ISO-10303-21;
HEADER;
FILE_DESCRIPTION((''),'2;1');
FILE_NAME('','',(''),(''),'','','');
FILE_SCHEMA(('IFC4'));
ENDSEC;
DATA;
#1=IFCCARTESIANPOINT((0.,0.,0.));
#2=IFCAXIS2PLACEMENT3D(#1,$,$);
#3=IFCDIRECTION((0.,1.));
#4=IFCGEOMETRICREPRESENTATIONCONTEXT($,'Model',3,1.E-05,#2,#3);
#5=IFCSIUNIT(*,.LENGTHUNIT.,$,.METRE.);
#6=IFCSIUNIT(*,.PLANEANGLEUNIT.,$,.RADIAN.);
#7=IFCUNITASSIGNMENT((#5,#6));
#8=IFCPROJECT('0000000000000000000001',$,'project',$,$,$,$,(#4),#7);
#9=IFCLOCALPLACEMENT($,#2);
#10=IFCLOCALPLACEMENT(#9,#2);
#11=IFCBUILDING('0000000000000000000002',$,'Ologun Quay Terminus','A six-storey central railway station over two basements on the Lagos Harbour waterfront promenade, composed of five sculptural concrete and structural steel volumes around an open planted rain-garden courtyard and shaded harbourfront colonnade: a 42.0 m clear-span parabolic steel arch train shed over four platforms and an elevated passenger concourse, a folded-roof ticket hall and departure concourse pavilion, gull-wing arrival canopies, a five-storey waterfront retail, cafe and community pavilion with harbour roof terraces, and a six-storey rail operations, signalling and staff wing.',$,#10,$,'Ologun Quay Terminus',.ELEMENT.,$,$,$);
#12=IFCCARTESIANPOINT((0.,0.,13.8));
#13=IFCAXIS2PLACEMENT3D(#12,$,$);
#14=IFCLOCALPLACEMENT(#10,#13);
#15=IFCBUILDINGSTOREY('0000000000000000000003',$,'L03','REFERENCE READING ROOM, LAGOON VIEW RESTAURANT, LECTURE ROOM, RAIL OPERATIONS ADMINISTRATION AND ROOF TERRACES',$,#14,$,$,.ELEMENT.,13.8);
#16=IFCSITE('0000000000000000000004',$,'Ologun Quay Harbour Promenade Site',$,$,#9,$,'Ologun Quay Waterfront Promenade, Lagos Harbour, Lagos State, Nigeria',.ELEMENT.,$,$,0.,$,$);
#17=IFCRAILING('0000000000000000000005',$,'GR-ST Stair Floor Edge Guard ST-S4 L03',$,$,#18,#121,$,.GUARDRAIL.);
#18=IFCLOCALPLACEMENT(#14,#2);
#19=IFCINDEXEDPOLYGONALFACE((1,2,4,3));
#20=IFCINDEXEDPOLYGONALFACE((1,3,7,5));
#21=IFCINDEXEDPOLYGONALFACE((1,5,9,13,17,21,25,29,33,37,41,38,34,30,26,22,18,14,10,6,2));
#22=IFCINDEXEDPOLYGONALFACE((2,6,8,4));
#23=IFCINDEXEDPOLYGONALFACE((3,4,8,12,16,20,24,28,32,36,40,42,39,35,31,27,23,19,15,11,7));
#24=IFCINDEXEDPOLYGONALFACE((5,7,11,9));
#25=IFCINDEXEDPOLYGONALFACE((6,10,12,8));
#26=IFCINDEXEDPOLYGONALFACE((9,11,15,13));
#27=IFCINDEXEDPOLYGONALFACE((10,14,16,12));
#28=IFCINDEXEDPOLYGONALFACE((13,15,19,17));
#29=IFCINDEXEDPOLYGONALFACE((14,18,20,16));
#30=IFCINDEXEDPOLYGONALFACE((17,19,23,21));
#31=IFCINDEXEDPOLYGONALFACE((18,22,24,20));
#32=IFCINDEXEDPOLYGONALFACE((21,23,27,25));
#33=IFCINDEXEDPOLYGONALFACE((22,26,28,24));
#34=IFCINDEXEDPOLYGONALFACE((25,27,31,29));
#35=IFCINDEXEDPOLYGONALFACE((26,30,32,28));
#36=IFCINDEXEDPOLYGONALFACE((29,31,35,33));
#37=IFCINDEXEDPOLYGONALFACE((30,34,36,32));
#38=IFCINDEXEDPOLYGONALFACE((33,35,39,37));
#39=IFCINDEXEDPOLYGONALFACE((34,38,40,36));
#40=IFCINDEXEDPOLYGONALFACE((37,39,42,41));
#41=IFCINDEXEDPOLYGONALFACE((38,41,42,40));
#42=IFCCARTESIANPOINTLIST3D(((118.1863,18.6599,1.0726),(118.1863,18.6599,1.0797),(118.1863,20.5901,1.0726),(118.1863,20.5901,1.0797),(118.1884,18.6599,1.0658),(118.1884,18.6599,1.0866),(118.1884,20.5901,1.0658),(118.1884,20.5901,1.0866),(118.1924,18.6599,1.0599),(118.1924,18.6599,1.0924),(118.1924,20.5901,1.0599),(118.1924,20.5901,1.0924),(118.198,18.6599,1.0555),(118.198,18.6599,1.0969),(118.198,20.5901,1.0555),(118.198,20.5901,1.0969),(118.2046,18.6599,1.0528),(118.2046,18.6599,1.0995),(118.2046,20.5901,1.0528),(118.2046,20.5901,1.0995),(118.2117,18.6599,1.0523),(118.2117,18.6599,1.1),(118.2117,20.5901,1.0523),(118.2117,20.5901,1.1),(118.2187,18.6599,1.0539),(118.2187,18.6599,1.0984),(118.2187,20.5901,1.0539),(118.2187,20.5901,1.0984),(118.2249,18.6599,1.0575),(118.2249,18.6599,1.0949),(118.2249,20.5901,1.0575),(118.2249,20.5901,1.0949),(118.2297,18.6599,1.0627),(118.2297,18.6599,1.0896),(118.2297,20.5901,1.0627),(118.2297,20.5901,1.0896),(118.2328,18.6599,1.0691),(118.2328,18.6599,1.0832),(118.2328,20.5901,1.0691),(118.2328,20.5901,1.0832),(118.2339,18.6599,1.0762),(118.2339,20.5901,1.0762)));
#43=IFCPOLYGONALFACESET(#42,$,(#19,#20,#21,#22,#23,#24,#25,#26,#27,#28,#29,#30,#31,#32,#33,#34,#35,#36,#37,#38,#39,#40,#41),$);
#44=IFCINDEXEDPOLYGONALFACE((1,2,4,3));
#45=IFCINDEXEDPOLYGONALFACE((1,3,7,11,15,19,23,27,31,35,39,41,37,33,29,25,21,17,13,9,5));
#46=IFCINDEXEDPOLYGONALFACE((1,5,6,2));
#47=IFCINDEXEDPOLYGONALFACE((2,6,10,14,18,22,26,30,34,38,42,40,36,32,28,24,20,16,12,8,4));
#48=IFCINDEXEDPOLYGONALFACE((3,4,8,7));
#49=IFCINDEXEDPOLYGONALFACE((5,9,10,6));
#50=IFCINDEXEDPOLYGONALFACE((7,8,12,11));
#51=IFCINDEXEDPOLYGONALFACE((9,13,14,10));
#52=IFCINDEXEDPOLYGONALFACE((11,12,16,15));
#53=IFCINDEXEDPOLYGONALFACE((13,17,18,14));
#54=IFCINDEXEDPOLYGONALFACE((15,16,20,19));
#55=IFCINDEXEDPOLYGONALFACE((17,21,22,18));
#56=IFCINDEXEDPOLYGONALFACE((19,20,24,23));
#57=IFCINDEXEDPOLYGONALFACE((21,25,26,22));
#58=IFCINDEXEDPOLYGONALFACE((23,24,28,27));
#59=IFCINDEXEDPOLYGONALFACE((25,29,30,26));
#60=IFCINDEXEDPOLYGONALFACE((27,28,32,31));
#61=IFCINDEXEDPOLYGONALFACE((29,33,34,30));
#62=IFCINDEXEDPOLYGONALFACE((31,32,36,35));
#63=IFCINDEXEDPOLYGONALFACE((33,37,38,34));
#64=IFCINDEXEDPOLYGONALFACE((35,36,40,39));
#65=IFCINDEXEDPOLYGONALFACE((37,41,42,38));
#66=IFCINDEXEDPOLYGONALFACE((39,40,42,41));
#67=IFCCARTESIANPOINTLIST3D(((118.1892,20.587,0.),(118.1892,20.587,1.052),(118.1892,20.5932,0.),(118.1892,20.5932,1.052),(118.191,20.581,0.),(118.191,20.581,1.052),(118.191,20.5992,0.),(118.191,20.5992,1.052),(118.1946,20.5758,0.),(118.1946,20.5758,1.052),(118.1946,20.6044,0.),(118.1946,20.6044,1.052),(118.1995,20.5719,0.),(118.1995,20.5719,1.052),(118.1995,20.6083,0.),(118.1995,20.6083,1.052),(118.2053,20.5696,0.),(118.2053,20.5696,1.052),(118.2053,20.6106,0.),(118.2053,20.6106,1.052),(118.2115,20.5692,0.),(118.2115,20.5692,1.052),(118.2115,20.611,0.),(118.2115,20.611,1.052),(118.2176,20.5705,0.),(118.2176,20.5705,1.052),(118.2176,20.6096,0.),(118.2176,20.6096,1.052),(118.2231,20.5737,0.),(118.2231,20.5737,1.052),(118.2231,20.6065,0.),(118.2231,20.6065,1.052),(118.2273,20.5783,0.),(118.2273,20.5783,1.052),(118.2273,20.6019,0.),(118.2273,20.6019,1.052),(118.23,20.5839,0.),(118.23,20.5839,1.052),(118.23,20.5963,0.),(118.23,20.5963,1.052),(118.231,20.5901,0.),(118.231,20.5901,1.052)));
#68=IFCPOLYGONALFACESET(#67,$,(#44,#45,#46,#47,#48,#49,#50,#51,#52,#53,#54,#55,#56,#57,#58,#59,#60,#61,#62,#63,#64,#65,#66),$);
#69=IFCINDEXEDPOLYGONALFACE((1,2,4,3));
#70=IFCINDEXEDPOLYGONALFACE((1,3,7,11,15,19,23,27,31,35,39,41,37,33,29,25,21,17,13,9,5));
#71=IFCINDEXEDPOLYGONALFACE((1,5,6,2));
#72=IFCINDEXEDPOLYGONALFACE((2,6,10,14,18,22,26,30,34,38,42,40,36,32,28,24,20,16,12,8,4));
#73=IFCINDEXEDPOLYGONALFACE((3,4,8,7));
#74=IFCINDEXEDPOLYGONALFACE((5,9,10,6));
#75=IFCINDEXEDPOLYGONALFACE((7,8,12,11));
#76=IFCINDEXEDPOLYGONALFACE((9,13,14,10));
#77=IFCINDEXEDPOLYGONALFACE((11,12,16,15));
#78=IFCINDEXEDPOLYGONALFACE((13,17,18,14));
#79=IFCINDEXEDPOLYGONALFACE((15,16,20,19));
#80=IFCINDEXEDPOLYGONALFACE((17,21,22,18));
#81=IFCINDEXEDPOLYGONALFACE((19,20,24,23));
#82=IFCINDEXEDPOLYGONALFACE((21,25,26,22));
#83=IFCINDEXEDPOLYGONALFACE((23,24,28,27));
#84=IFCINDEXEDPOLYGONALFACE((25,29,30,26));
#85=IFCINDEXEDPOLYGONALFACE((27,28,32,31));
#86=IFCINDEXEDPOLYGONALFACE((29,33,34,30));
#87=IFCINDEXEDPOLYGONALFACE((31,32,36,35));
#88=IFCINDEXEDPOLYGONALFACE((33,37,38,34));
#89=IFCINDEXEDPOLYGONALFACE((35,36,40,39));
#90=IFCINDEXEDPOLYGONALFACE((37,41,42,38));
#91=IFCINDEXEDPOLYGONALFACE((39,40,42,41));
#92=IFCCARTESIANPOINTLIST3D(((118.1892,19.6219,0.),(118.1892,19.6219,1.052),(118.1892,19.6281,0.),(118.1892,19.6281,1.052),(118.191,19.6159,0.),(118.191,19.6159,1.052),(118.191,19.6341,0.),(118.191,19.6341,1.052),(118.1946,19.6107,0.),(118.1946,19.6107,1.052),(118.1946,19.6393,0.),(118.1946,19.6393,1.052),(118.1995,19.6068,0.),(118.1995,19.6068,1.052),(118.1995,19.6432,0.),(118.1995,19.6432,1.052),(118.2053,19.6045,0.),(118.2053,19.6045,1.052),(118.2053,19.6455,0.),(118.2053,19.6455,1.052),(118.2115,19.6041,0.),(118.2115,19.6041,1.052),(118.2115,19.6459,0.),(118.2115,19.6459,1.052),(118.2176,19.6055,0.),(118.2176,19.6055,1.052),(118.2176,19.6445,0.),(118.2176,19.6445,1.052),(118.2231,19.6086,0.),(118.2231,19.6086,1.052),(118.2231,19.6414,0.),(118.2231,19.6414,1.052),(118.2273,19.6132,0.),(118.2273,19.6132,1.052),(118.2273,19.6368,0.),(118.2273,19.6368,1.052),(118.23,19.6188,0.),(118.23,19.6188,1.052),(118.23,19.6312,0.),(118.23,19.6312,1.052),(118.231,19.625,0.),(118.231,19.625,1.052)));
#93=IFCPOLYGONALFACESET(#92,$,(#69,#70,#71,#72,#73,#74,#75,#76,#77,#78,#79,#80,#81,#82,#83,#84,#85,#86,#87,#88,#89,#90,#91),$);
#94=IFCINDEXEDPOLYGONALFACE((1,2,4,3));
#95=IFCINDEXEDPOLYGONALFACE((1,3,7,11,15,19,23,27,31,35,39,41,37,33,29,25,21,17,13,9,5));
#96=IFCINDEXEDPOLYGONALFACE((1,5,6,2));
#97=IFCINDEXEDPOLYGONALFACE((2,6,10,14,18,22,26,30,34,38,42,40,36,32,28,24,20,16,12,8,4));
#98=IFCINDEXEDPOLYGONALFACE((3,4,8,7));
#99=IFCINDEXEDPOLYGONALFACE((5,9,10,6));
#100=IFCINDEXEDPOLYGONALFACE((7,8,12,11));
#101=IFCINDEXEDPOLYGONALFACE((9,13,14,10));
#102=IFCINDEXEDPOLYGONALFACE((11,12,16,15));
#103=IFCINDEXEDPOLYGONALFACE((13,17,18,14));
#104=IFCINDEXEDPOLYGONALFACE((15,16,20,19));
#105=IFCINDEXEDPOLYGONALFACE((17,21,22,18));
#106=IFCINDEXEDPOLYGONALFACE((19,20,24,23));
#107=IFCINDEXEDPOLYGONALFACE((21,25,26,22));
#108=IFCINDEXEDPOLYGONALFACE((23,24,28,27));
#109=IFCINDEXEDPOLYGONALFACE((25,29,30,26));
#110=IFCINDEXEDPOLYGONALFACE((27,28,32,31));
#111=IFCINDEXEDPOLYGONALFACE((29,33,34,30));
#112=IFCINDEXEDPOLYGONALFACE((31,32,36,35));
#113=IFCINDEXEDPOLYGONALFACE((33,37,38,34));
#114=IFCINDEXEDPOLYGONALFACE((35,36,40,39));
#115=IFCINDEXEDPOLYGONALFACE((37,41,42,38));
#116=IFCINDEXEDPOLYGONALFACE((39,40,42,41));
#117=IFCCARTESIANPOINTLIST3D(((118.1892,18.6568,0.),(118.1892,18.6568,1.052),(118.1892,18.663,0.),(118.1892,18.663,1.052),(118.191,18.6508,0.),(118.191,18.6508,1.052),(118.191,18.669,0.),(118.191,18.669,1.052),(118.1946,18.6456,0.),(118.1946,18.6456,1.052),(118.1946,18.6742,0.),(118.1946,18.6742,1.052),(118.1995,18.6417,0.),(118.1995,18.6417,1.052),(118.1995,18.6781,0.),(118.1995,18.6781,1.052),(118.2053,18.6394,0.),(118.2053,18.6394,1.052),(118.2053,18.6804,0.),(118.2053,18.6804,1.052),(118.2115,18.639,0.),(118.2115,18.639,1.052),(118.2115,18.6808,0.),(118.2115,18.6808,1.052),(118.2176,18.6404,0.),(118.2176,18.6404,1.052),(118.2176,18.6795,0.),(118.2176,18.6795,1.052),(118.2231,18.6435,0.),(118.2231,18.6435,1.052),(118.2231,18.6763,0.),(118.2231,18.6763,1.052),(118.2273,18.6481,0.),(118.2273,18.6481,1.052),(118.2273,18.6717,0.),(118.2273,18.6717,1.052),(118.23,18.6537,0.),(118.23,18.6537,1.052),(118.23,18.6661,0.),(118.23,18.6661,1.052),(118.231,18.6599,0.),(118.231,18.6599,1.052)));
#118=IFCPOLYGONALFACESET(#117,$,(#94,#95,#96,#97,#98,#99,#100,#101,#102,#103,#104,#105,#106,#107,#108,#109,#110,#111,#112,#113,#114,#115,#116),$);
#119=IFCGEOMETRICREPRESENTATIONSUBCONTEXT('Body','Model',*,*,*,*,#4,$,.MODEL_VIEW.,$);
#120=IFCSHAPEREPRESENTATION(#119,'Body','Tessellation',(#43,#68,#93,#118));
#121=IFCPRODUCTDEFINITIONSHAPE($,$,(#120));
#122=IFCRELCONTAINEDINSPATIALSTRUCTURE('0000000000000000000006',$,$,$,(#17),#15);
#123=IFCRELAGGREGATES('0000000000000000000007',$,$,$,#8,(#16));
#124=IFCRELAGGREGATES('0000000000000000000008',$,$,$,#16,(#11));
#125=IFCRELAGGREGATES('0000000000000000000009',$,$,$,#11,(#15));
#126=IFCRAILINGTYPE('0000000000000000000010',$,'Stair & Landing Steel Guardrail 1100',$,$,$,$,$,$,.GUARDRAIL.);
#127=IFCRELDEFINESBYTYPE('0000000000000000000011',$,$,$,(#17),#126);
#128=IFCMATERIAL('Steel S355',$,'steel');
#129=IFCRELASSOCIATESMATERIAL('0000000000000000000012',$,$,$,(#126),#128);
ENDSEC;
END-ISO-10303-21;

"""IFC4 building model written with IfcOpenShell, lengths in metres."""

from ifc_helpers import new_model, si_unit, direction, frame, origin, origin_2d, place, context, subcontext, project, spatial, circle, extrude, material, type_object, element, save


model = new_model("IFC4")

# Units and contexts
model_context = context("Model", 3, precision=1e-05, world=origin(), true_north=direction((0.0, 1.0)))
body_context = subcontext(model_context, "Body", "Model", "MODEL_VIEW")
ifc_project = project(units=[si_unit("LENGTHUNIT", "METRE"), si_unit("PLANEANGLEUNIT", "RADIAN")], contexts=[model_context])

# Site, building, storey
site_placement = place(None, origin())
site = spatial("IfcSite", under=ifc_project, at=site_placement, Name="Ologun Quay Harbour Promenade Site", LongName="Ologun Quay Waterfront Promenade, Lagos Harbour, Lagos State, Nigeria", CompositionType="ELEMENT", RefElevation=0.0)
building_placement = place(site_placement, origin())
building = spatial("IfcBuilding", under=site, at=building_placement, Name="Ologun Quay Terminus", Description="A six-storey central railway station over two basements on the Lagos Harbour waterfront promenade, composed of five sculptural concrete and structural steel volumes around an open planted rain-garden courtyard and shaded harbourfront colonnade: a 42.0 m clear-span parabolic steel arch train shed over four platforms and an elevated passenger concourse, a folded-roof ticket hall and departure concourse pavilion, gull-wing arrival canopies, a five-storey waterfront retail, cafe and community pavilion with harbour roof terraces, and a six-storey rail operations, signalling and staff wing.", LongName="Ologun Quay Terminus", CompositionType="ELEMENT")
storey_placement = place(building_placement, frame((0.0, 0.0, 13.8)))
storey = spatial("IfcBuildingStorey", under=building, at=storey_placement, Name="L03", Description="REFERENCE READING ROOM, LAGOON VIEW RESTAURANT, LECTURE ROOM, RAIL OPERATIONS ADMINISTRATION AND ROOF TERRACES", CompositionType="ELEMENT", Elevation=13.8)

# Railing
ifc_material_1 = material(Name="Steel S355", Category="steel")
railing_type = type_object("IfcRailingType", Name="Stair & Landing Steel Guardrail 1100", PredefinedType="GUARDRAIL", material=ifc_material_1)
railing_placement = place(storey_placement, frame((118.21, 20.5901, 0.0)))
element("IfcRailing", 1, at=railing_placement, inside=storey, type_object=railing_type, Name="GR-ST Stair Floor Edge Guard ST-S4 L03", PredefinedType="GUARDRAIL", context=body_context, shape_type="SweptSolid", body=[
    extrude(circle(Radius=0.0239, at=origin_2d()), frame((0.0, 0.0, 1.0762), z_axis=(0.0, -1.0, 0.0), x_axis=(1.0, 0.0, 0.0)), (0.0, 0.0, 1.0), 1.9302),
    extrude(circle(Radius=0.021, at=origin_2d()), origin(), (0.0, 0.0, 1.0), 1.052),
    extrude(circle(Radius=0.021, at=origin_2d()), frame((0.0, -0.9651, 0.0)), (0.0, 0.0, 1.0), 1.052),
    extrude(circle(Radius=0.021, at=origin_2d()), frame((0.0, -1.9302, 0.0)), (0.0, 0.0, 1.0), 1.052),
])

save(model, "model.ifc")
